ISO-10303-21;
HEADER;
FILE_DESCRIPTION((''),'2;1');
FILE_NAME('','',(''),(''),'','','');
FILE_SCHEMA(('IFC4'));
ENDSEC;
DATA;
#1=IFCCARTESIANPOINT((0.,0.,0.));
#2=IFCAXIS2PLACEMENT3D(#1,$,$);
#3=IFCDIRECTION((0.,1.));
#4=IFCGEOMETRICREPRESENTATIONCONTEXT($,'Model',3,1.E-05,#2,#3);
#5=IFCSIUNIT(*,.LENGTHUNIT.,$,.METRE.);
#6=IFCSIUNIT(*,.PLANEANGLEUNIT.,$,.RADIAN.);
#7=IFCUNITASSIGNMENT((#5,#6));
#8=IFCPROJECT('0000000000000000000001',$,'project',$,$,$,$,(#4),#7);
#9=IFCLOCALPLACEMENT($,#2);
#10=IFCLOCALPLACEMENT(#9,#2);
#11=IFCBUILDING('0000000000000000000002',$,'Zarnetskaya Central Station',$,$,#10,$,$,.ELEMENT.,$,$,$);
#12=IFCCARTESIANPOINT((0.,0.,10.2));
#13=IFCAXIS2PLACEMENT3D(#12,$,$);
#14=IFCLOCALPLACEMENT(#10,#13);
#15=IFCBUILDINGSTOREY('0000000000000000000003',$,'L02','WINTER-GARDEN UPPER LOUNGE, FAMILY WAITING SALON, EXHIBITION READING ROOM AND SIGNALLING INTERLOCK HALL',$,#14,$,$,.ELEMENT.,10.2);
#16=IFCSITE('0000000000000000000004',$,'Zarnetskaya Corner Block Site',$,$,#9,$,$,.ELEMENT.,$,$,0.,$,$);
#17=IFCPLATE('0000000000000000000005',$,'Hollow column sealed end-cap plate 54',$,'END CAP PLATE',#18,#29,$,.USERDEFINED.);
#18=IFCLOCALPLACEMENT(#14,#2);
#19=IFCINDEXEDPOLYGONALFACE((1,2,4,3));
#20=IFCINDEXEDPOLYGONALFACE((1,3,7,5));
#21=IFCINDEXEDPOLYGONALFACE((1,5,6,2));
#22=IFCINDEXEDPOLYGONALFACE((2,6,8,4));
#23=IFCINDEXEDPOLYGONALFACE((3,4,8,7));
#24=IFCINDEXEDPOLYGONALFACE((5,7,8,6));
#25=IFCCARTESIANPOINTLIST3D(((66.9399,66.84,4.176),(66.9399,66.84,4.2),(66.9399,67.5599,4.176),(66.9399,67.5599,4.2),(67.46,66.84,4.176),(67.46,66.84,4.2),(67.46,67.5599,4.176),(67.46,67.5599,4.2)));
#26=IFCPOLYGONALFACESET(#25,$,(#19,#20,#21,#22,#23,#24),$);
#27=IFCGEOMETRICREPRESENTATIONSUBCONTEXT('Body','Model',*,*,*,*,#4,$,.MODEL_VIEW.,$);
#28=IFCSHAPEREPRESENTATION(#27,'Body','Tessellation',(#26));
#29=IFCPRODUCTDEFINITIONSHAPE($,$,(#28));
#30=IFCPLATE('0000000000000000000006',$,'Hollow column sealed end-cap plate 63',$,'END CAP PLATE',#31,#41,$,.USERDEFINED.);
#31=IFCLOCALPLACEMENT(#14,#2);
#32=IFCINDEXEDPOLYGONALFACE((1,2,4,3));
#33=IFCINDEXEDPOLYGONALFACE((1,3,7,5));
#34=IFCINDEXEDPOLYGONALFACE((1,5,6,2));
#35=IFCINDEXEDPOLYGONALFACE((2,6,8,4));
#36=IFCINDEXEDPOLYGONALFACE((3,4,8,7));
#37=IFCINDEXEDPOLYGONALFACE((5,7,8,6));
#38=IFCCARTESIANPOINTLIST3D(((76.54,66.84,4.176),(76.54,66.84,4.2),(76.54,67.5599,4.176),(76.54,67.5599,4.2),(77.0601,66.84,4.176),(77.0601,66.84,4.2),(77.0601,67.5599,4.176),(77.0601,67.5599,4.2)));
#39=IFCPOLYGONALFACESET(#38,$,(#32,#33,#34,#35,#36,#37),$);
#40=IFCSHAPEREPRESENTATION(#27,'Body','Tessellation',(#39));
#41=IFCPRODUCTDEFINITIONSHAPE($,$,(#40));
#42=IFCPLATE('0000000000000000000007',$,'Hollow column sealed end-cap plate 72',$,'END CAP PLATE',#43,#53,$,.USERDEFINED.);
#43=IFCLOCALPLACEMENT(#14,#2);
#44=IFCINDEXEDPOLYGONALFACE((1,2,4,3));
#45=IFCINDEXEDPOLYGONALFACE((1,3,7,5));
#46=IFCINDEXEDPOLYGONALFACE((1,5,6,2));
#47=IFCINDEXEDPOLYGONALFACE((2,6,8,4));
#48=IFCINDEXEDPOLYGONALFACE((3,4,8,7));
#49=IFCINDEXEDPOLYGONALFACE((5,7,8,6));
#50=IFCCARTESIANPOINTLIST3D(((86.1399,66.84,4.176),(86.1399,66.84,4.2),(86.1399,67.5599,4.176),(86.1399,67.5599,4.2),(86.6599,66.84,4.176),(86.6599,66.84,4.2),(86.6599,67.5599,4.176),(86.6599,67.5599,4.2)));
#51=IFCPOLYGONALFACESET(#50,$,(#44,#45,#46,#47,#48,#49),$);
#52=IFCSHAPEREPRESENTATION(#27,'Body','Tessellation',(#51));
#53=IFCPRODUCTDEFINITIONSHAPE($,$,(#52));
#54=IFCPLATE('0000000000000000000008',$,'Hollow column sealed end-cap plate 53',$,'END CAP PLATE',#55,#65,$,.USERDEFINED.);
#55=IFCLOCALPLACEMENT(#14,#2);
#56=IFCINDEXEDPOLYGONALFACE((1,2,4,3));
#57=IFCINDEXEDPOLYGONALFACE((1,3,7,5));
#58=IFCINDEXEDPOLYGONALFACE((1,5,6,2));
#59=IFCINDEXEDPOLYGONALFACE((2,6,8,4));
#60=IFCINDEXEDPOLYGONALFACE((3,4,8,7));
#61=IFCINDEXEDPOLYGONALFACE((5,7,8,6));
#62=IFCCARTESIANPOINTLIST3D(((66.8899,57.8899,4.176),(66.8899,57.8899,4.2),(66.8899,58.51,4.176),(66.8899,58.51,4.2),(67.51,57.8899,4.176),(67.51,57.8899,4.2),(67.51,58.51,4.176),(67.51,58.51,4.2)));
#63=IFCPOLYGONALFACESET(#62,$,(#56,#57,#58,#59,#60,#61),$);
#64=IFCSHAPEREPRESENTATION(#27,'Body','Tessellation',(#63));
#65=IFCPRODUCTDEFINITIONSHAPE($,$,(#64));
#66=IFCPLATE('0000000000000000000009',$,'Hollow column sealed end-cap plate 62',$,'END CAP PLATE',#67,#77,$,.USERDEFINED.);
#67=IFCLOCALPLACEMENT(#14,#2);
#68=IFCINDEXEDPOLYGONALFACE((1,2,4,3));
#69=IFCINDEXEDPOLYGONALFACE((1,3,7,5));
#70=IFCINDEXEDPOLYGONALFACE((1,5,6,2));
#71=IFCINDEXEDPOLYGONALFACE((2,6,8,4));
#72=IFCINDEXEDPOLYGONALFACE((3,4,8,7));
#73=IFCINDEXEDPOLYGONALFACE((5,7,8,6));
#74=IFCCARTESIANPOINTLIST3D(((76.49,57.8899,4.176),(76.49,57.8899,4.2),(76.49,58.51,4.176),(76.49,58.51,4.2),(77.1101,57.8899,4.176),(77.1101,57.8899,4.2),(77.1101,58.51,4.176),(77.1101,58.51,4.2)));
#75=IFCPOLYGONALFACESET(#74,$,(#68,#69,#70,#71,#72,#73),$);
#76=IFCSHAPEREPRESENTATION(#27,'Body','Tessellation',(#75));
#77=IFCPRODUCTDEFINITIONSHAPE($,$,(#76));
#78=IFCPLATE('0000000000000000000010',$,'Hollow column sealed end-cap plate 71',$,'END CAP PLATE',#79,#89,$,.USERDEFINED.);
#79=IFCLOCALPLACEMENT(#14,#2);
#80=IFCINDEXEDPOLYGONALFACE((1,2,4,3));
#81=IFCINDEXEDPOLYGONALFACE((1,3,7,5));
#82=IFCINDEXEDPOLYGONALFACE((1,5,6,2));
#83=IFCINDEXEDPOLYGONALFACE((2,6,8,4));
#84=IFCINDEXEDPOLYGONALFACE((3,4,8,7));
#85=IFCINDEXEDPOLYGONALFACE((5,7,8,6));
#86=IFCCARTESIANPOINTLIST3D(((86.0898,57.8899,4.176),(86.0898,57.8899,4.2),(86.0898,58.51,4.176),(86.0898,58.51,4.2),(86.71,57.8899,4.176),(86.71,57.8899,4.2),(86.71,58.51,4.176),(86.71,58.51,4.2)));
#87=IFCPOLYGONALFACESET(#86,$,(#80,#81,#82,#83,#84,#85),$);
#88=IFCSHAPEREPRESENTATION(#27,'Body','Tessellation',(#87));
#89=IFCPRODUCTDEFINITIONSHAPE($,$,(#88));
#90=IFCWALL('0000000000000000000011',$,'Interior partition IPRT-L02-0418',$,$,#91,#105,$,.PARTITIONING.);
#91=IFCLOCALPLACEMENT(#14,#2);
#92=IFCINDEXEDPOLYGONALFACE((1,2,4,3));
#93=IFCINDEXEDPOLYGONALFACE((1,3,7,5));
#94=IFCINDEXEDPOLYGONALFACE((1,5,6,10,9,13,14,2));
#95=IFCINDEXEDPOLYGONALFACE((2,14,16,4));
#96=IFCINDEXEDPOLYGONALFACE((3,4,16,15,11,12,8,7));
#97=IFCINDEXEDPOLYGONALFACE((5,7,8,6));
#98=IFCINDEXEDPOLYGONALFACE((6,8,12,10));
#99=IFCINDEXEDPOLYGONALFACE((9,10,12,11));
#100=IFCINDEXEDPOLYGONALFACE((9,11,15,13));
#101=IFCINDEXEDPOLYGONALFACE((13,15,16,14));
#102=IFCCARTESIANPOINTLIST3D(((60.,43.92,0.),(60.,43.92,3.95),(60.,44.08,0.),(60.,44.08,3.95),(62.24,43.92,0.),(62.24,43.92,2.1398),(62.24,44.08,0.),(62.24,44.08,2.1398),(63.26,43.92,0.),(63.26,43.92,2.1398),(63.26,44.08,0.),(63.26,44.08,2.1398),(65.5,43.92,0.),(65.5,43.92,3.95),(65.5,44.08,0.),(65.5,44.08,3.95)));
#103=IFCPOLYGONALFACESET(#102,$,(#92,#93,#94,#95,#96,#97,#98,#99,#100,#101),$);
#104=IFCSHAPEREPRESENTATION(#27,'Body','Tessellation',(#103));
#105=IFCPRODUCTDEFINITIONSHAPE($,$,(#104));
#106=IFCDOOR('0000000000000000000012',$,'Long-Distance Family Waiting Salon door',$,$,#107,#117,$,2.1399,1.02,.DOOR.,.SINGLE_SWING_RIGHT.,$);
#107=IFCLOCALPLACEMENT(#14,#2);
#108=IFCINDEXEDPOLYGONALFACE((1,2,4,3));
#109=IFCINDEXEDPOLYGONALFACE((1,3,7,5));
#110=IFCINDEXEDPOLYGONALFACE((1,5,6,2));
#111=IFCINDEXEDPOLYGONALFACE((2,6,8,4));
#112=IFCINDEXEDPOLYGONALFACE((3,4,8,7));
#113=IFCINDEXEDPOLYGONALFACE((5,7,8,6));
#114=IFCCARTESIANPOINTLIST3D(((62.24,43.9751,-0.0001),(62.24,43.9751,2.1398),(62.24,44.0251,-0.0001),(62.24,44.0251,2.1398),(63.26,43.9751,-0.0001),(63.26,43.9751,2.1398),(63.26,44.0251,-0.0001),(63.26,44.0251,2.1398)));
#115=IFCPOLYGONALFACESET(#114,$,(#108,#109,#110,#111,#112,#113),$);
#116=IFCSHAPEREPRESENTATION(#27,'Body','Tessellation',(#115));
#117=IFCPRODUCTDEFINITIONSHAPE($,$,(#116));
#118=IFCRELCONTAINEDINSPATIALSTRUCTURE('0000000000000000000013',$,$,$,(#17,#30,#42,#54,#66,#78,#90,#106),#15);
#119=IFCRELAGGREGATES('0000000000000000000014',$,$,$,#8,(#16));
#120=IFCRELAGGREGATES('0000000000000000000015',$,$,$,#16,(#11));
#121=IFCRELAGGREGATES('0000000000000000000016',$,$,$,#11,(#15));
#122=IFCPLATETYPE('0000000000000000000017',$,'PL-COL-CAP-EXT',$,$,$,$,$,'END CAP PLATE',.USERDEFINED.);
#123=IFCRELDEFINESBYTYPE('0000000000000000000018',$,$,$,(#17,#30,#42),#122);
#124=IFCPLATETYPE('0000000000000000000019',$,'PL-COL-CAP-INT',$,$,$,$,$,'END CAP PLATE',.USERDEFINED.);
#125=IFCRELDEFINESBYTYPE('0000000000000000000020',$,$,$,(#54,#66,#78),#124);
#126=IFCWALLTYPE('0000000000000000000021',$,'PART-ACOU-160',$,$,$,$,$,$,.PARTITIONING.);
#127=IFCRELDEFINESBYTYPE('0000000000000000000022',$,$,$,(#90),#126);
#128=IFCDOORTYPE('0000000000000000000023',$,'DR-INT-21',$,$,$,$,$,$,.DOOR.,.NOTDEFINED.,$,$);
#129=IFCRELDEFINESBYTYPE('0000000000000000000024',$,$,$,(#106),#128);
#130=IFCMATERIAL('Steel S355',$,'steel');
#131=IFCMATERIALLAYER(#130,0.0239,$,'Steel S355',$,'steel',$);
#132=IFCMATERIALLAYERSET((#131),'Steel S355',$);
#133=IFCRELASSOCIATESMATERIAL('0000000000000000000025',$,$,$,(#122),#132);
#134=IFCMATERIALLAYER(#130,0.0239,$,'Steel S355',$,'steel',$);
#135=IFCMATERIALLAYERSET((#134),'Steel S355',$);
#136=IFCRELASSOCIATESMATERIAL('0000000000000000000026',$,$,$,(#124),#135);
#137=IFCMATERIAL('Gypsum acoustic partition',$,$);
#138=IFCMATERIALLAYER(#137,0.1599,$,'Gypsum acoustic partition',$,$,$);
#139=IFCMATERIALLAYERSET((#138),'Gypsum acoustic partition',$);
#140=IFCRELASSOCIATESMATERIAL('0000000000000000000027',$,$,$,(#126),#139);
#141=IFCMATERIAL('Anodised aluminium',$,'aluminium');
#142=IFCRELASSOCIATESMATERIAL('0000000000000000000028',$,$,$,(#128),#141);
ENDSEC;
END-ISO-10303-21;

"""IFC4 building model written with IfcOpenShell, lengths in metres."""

from ifc_helpers import new_model, si_unit, direction, frame, frame_2d, origin, origin_2d, place, context, subcontext, project, spatial, rectangle, extrude, material, layer, layer_set, type_object, element, fill, save


model = new_model("IFC4")

# Units and contexts
model_context = context("Model", 3, precision=1e-05, world=origin(), true_north=direction((0.0, 1.0)))
body_context = subcontext(model_context, "Body", "Model", "MODEL_VIEW")
ifc_project = project(units=[si_unit("LENGTHUNIT", "METRE"), si_unit("PLANEANGLEUNIT", "RADIAN")], contexts=[model_context])

# Site, building, storey
site_placement = place(None, origin())
site = spatial("IfcSite", under=ifc_project, at=site_placement, Name="Zarnetskaya Corner Block Site", CompositionType="ELEMENT", RefElevation=0.0)
building_placement = place(site_placement, origin())
building = spatial("IfcBuilding", under=site, at=building_placement, Name="Zarnetskaya Central Station", CompositionType="ELEMENT")
storey_placement = place(building_placement, frame((0.0, 0.0, 10.2)))
storey = spatial("IfcBuildingStorey", under=building, at=storey_placement, Name="L02", Description="WINTER-GARDEN UPPER LOUNGE, FAMILY WAITING SALON, EXHIBITION READING ROOM AND SIGNALLING INTERLOCK HALL", CompositionType="ELEMENT", Elevation=10.2)

# Shared definitions
ifc_material_1 = material(Name="Steel S355", Category="steel")

# Plates
ifc_layer_1 = layer(ifc_material_1, 0.0239, Name="Steel S355", Category="steel")
ifc_layer_set_1 = layer_set([ifc_layer_1], Name="Steel S355")
plate_type_1 = type_object("IfcPlateType", Name="PL-COL-CAP-EXT", ElementType="END CAP PLATE", PredefinedType="USERDEFINED", material=ifc_layer_set_1)
for number, where, z_axis, x_axis, name in (
    (1, (67.2, 67.2, 4.176), (0.0, 0.0, 1.0), (1.0, 0.0, 0.0), "Hollow column sealed end-cap plate 54"),
    (2, (76.8, 67.2, 4.176), (0.0, 0.0, 1.0), (1.0, 0.0, 0.0), "Hollow column sealed end-cap plate 63"),
    (3, (86.3999, 67.2, 4.176), (0.0, 0.0, 1.0), (1.0, 0.0, 0.0), "Hollow column sealed end-cap plate 72"),
):
    element("IfcPlate", number, at=place(storey_placement, frame(where, z_axis=z_axis, x_axis=x_axis)), inside=storey, type_object=plate_type_1, Name=name, ObjectType="END CAP PLATE", PredefinedType="USERDEFINED", context=body_context, shape_type="SweptSolid", body=[
        extrude(rectangle(XDim=0.52, YDim=0.72, at=origin_2d()), origin(), (0.0, 0.0, 1.0), 0.0239),
    ])
ifc_layer_2 = layer(ifc_material_1, 0.0239, Name="Steel S355", Category="steel")
ifc_layer_set_2 = layer_set([ifc_layer_2], Name="Steel S355")
plate_type_2 = type_object("IfcPlateType", Name="PL-COL-CAP-INT", ElementType="END CAP PLATE", PredefinedType="USERDEFINED", material=ifc_layer_set_2)
for number, where, z_axis, x_axis, name in (
    (4, (67.2, 58.2, 4.176), (0.0, 0.0, 1.0), (1.0, 0.0, 0.0), "Hollow column sealed end-cap plate 53"),
    (5, (76.8, 58.2, 4.176), (0.0, 0.0, 1.0), (1.0, 0.0, 0.0), "Hollow column sealed end-cap plate 62"),
    (6, (86.3999, 58.2, 4.176), (0.0, 0.0, 1.0), (1.0, 0.0, 0.0), "Hollow column sealed end-cap plate 71"),
):
    element("IfcPlate", number, at=place(storey_placement, frame(where, z_axis=z_axis, x_axis=x_axis)), inside=storey, type_object=plate_type_2, Name=name, ObjectType="END CAP PLATE", PredefinedType="USERDEFINED", context=body_context, shape_type="SweptSolid", body=[
        extrude(rectangle(XDim=0.6201, YDim=0.6201, at=origin_2d()), origin(), (0.0, 0.0, 1.0), 0.0239),
    ])

# Wall, opening, door
ifc_material_2 = material(Name="Gypsum acoustic partition")
ifc_layer_3 = layer(ifc_material_2, 0.1599, Name="Gypsum acoustic partition")
ifc_layer_set_3 = layer_set([ifc_layer_3], Name="Gypsum acoustic partition")
wall_type = type_object("IfcWallType", Name="PART-ACOU-160", PredefinedType="PARTITIONING", material=ifc_layer_set_3)
wall_placement = place(storey_placement, frame((65.5, 44.0, 0.0), z_axis=(0.0, 0.0, 1.0), x_axis=(-1.0, 0.0, 0.0)))
wall = element("IfcWall", 7, at=wall_placement, inside=storey, type_object=wall_type, Name="Interior partition IPRT-L02-0418", PredefinedType="PARTITIONING", context=body_context, shape_type="SweptSolid", body=[
    extrude(rectangle(XDim=5.5, YDim=0.1599, at=frame_2d((2.75, 0.0))), origin(), (0.0, 0.0, 1.0), 3.95),
])
opening_placement = place(wall_placement, frame((2.24, 0.0, 0.0)))
opening = element("IfcOpeningElement", 8, at=opening_placement, cuts=wall, PredefinedType="OPENING", context=body_context, shape_type="SweptSolid", body=[
    extrude(rectangle(XDim=1.02, YDim=2.1399, at=frame_2d((0.51, 1.0698))), frame((0.0, 0.0898, 0.0), z_axis=(0.0, -1.0, 0.0), x_axis=(1.0, 0.0, 0.0)), (0.0, 0.0, 1.0), 0.1799),
])
ifc_material_3 = material(Name="Anodised aluminium", Category="aluminium")
door_type = type_object("IfcDoorType", Name="DR-INT-21", OperationType="NOTDEFINED", PredefinedType="DOOR", material=ifc_material_3)
door_placement = place(opening_placement, origin())
door = element("IfcDoor", 9, at=door_placement, inside=storey, type_object=door_type, Name="Long-Distance Family Waiting Salon door", OperationType="SINGLE_SWING_RIGHT", OverallHeight=2.1399, OverallWidth=1.02, PredefinedType="DOOR", context=body_context, shape_type="SweptSolid", body=[
    extrude(rectangle(XDim=1.02, YDim=2.1399, at=frame_2d((0.51, 1.0698))), frame((0.0, 0.0249, 0.0), z_axis=(0.0, -1.0, 0.0), x_axis=(1.0, 0.0, 0.0)), (0.0, 0.0, 1.0), 0.05),
])
fill(opening, door)

save(model, "model.ifc")
